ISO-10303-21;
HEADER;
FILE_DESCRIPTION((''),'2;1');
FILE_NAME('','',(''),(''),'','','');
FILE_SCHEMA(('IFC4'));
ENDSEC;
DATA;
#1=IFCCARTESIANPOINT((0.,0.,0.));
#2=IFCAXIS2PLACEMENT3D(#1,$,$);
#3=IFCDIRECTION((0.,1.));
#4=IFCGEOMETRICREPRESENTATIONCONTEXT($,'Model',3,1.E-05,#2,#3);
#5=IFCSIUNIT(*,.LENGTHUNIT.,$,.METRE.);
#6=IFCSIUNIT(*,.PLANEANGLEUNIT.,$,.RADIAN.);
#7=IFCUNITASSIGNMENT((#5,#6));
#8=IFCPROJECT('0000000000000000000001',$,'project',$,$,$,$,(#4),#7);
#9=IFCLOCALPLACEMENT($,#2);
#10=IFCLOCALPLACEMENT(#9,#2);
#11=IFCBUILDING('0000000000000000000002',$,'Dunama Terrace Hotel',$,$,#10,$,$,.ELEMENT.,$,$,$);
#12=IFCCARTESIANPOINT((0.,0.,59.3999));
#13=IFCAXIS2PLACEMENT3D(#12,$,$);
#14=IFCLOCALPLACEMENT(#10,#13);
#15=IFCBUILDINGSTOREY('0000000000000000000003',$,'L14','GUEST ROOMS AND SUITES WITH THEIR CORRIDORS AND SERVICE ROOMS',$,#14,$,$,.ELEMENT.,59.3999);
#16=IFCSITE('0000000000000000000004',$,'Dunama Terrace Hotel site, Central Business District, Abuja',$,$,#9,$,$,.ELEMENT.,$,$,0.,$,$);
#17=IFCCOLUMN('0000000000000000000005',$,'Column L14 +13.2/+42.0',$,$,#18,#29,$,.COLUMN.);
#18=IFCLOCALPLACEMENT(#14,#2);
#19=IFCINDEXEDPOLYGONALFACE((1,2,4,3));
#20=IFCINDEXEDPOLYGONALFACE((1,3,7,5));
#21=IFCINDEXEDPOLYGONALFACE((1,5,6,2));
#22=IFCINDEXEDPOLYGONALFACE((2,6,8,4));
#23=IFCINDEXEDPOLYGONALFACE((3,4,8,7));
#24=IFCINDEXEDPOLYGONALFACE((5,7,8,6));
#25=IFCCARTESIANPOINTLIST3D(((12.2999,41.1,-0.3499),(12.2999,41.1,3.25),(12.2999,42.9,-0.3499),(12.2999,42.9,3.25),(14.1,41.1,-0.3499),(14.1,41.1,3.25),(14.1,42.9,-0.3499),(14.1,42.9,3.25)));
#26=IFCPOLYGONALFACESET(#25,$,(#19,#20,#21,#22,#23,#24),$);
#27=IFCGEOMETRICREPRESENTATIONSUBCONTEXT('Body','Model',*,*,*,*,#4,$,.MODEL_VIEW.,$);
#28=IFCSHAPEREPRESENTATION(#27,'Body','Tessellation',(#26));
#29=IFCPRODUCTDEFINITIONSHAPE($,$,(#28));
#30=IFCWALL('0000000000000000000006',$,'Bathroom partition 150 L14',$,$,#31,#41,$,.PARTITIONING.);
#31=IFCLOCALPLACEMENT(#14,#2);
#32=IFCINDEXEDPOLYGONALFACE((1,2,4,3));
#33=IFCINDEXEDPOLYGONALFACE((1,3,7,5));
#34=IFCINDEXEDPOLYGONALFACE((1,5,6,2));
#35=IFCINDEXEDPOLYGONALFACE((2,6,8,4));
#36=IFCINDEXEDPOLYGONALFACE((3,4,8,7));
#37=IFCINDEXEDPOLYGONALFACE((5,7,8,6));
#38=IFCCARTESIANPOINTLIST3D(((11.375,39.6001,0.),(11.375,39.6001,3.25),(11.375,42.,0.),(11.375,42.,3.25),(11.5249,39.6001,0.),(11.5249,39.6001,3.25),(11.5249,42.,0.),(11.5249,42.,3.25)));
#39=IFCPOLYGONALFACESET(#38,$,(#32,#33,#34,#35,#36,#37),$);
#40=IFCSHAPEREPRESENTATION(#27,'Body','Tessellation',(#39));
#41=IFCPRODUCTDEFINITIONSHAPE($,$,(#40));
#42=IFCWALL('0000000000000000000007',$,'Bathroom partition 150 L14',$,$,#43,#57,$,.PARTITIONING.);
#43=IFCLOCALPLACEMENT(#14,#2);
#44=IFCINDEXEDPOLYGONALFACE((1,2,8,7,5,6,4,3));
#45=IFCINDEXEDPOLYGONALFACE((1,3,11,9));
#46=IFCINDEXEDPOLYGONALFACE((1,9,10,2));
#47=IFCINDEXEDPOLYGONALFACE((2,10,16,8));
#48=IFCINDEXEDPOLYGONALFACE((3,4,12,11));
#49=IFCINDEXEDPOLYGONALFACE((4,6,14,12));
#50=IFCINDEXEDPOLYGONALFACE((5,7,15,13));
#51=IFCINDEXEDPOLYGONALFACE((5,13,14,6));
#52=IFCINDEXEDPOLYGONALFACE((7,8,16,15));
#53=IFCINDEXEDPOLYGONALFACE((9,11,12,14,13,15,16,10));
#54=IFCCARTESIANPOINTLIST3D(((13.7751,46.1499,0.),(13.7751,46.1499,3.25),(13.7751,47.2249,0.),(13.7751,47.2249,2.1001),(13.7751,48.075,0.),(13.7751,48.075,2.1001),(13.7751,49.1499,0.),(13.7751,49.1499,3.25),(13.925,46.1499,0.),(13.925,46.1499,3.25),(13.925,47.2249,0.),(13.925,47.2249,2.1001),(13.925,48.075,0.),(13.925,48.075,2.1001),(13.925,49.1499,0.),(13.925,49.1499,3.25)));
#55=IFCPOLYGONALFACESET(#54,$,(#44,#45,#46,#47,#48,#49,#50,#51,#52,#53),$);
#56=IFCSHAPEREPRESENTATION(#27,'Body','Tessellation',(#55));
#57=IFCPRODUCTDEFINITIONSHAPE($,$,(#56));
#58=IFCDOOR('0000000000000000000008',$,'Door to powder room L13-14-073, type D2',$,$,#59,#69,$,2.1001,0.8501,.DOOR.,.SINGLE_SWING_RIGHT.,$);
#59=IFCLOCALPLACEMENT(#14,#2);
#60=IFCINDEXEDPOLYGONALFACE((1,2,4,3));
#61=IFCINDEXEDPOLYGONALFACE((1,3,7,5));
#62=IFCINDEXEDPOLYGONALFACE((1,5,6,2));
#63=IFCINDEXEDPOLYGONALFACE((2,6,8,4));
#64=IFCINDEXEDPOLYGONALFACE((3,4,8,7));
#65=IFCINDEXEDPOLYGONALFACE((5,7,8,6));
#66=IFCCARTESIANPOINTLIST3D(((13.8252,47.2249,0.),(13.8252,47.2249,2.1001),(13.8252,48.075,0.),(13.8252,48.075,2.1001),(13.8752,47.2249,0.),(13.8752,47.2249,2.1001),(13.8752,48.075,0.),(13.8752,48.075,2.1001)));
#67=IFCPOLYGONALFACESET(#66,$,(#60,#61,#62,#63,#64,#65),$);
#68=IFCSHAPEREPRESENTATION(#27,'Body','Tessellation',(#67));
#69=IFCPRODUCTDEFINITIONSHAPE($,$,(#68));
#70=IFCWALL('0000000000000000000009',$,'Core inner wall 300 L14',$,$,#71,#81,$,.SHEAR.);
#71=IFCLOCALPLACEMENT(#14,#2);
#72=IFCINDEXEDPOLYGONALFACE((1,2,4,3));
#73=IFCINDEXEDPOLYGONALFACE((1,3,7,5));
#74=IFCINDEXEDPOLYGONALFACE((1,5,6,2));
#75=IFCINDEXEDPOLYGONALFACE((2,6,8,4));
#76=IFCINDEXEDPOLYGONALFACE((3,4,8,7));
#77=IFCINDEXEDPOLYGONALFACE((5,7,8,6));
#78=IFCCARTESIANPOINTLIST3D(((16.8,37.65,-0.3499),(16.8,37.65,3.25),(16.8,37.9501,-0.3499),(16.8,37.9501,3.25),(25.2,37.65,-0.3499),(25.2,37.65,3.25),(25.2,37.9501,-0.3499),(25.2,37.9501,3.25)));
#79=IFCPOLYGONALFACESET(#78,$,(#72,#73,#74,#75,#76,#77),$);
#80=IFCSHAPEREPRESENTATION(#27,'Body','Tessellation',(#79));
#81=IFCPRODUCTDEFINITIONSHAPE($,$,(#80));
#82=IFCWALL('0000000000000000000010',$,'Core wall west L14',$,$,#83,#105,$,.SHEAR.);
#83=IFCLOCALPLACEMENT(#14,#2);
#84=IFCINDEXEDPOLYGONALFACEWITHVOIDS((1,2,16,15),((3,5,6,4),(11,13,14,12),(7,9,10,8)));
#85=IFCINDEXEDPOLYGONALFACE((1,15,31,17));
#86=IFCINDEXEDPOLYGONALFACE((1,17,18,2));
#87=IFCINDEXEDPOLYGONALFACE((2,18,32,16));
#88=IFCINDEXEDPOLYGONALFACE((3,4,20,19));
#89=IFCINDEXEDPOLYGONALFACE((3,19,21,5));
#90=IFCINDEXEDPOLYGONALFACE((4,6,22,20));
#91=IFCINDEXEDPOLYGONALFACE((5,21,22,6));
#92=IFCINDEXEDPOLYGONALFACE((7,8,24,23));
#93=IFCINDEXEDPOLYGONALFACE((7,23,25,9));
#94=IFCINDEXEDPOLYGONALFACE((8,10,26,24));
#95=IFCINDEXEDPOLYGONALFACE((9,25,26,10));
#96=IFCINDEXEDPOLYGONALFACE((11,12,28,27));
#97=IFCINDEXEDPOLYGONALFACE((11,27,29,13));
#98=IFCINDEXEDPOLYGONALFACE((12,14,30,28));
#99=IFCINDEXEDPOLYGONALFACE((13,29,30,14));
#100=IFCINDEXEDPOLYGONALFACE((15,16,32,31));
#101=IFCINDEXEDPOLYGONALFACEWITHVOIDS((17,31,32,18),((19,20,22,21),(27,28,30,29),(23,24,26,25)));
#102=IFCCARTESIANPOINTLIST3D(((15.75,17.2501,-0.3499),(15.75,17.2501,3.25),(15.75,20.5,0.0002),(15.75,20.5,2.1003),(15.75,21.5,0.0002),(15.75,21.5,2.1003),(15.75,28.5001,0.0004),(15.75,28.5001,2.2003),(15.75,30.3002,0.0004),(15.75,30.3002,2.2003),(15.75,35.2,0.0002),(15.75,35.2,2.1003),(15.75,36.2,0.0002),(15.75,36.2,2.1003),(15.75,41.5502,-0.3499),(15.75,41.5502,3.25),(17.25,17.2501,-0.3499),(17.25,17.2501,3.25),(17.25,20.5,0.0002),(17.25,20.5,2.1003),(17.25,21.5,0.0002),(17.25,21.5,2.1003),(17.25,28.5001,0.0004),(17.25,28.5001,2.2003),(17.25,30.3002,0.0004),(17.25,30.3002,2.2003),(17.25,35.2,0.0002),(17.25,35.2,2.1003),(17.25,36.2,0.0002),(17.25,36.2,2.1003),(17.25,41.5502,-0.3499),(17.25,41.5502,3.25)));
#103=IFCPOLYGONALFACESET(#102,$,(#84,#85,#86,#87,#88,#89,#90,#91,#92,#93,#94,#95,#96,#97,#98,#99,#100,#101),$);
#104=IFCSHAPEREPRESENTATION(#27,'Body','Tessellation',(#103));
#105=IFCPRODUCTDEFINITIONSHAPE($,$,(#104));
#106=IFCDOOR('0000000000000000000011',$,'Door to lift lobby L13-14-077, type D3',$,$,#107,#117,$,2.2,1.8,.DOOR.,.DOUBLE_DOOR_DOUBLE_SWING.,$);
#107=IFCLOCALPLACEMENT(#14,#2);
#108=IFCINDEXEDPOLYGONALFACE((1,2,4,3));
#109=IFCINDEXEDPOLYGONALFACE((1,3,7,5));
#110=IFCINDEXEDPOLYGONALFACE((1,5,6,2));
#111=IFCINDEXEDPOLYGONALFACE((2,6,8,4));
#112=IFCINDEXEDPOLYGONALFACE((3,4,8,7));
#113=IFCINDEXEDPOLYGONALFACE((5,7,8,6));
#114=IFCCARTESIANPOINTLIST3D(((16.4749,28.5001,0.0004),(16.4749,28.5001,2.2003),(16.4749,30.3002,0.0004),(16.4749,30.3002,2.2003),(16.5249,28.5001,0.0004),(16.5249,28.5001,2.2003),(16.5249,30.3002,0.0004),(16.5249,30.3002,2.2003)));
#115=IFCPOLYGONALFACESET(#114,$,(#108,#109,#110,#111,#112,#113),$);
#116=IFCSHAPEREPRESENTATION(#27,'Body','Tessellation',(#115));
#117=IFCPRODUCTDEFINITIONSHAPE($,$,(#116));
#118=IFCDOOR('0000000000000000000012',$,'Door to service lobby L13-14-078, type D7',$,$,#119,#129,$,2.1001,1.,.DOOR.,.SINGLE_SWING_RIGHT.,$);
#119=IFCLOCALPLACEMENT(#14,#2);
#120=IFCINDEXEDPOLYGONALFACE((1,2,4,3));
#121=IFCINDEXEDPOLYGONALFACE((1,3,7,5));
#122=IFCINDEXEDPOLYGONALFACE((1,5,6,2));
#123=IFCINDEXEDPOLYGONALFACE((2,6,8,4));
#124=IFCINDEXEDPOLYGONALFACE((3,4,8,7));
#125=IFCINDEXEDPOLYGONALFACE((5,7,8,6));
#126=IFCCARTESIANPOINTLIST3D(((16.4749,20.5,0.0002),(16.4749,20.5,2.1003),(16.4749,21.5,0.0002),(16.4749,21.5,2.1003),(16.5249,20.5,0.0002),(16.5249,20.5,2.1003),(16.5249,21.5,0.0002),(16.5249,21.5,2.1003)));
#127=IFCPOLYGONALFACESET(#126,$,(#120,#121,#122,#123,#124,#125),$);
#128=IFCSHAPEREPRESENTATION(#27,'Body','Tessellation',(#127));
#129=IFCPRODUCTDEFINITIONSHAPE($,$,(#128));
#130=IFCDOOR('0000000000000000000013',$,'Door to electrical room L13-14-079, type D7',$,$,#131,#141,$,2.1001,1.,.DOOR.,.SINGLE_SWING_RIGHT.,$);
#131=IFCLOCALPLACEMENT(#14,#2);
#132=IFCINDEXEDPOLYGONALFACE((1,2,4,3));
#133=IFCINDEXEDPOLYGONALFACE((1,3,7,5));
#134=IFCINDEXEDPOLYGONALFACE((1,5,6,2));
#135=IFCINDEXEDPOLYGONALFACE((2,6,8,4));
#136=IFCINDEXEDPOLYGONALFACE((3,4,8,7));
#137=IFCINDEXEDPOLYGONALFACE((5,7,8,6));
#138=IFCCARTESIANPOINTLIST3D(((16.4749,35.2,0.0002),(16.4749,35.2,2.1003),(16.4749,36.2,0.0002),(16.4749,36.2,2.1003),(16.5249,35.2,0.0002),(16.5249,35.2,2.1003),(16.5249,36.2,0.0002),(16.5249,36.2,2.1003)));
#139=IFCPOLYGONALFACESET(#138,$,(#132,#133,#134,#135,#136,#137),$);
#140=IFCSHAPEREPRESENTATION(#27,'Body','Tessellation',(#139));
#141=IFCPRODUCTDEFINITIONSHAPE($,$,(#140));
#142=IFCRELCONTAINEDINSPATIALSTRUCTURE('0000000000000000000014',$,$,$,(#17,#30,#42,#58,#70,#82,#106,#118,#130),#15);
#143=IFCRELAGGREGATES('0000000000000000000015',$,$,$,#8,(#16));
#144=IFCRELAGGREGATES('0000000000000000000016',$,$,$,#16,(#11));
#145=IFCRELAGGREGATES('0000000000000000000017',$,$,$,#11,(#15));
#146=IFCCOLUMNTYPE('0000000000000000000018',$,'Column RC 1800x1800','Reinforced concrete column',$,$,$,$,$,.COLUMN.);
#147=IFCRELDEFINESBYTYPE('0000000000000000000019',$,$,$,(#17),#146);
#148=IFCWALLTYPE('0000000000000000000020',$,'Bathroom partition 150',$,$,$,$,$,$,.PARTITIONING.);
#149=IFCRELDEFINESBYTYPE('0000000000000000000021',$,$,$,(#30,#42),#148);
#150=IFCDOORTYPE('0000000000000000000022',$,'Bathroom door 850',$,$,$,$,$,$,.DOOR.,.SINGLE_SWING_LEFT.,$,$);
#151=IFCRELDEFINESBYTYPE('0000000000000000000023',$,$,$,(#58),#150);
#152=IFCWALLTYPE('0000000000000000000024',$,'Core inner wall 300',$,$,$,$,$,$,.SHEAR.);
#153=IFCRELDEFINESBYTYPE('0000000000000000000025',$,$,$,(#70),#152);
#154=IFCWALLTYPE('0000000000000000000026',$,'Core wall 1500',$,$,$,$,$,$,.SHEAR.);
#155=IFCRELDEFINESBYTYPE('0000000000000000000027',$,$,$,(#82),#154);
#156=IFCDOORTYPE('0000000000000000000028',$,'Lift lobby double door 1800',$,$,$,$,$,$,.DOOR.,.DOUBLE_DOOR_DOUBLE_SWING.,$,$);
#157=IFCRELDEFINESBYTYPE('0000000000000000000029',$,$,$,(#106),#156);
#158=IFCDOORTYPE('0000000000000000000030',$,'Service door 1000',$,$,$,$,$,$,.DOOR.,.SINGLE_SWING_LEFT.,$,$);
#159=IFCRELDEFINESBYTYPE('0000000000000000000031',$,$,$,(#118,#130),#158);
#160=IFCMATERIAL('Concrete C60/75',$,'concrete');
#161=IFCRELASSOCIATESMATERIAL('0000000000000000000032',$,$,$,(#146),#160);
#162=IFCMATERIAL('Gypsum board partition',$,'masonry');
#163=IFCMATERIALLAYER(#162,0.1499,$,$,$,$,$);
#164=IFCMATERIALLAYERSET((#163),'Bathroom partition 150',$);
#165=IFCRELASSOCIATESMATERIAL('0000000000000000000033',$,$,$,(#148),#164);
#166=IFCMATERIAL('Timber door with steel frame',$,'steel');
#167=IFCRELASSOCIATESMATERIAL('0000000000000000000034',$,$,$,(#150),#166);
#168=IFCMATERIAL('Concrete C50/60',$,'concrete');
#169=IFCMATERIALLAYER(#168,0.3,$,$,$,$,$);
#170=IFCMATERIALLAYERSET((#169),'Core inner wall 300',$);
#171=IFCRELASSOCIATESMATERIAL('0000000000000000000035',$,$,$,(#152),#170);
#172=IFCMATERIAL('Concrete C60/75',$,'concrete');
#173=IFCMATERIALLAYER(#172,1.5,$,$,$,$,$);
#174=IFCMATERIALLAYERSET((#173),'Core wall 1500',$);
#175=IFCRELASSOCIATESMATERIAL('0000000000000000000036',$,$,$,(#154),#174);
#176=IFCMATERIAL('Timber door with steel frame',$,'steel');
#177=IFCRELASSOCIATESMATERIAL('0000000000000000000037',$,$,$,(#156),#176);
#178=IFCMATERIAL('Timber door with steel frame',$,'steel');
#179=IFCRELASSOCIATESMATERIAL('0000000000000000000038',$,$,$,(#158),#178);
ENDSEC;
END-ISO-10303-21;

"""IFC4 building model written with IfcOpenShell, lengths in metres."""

from ifc_helpers import new_model, si_unit, direction, frame, frame_2d, origin, origin_2d, place, context, subcontext, project, spatial, rectangle, extrude, material, layer, layer_set, material_profile, profile_set, type_object, element, fill, save


model = new_model("IFC4")

# Units and contexts
model_context = context("Model", 3, precision=1e-05, world=origin(), true_north=direction((0.0, 1.0)))
body_context = subcontext(model_context, "Body", "Model", "MODEL_VIEW")
ifc_project = project(units=[si_unit("LENGTHUNIT", "METRE"), si_unit("PLANEANGLEUNIT", "RADIAN")], contexts=[model_context])

# Site, building, storey
site_placement = place(None, origin())
site = spatial("IfcSite", under=ifc_project, at=site_placement, Name="Dunama Terrace Hotel site, Central Business District, Abuja", CompositionType="ELEMENT", RefElevation=0.0)
building_placement = place(site_placement, origin())
building = spatial("IfcBuilding", under=site, at=building_placement, Name="Dunama Terrace Hotel", CompositionType="ELEMENT")
storey_placement = place(building_placement, frame((0.0, 0.0, 59.3999)))
storey = spatial("IfcBuildingStorey", under=building, at=storey_placement, Name="L14", Description="GUEST ROOMS AND SUITES WITH THEIR CORRIDORS AND SERVICE ROOMS", CompositionType="ELEMENT", Elevation=59.3999)

# Column
ifc_material_1 = material(Name="Concrete C60/75", Category="concrete")
ifc_material_profile = material_profile(ifc_material_1, rectangle(XDim=1.8, YDim=1.8, at=origin_2d()), Name="RC 1800x1800")
ifc_profile_set = profile_set([ifc_material_profile], Name="Concrete C60/75")
column_type = type_object("IfcColumnType", Name="Column RC 1800x1800", Description="Reinforced concrete column", PredefinedType="COLUMN", material=ifc_profile_set)
column_placement = place(storey_placement, frame((13.2, 42.0, -0.3499), z_axis=(0.0, 0.0, 1.0), x_axis=(1.0, 0.0, 0.0)))
element("IfcColumn", 1, at=column_placement, inside=storey, type_object=column_type, Name="Column L14 +13.2/+42.0", PredefinedType="COLUMN", context=body_context, shape_type="SweptSolid", body=[
    extrude(rectangle(XDim=1.8, YDim=1.8, at=origin_2d()), origin(), (0.0, 0.0, 1.0), 3.5999),
])

# Wall
ifc_material_2 = material(Name="Gypsum board partition", Category="masonry")
ifc_layer_1 = layer(ifc_material_2, 0.1499)
ifc_layer_set_1 = layer_set([ifc_layer_1], Name="Bathroom partition 150")
wall_type_1 = type_object("IfcWallType", Name="Bathroom partition 150", PredefinedType="PARTITIONING", material=ifc_layer_set_1)
wall_1_placement = place(storey_placement, frame((11.45, 39.6001, 0.0), z_axis=(0.0, 0.0, 1.0), x_axis=(0.0, 1.0, 0.0)))
element("IfcWall", 2, at=wall_1_placement, inside=storey, type_object=wall_type_1, Name="Bathroom partition 150 L14", PredefinedType="PARTITIONING", context=body_context, shape_type="SweptSolid", body=[
    extrude(rectangle(XDim=2.3999, YDim=0.1499, at=frame_2d((1.2, 0.0))), origin(), (0.0, 0.0, 1.0), 3.25),
])

# Wall, opening, door
wall_2_placement = place(storey_placement, frame((13.8501, 46.1499, 0.0), z_axis=(0.0, 0.0, 1.0), x_axis=(0.0, 1.0, 0.0)))
wall_2 = element("IfcWall", 3, at=wall_2_placement, inside=storey, type_object=wall_type_1, Name="Bathroom partition 150 L14", PredefinedType="PARTITIONING", context=body_context, shape_type="SweptSolid", body=[
    extrude(rectangle(XDim=3.0, YDim=0.1499, at=frame_2d((1.5, 0.0))), origin(), (0.0, 0.0, 1.0), 3.25),
])
opening_1_placement = place(wall_2_placement, frame((1.075, 0.0, 0.0)))
opening_1 = element("IfcOpeningElement", 4, at=opening_1_placement, cuts=wall_2, PredefinedType="OPENING", context=body_context, shape_type="SweptSolid", body=[
    extrude(rectangle(XDim=0.8501, YDim=2.1001, at=frame_2d((0.425, 1.05))), frame((0.0, 0.085, 0.0), z_axis=(0.0, -1.0, 0.0), x_axis=(1.0, 0.0, 0.0)), (0.0, 0.0, 1.0), 0.1699),
])
ifc_material_3 = material(Name="Timber door with steel frame", Category="steel")
door_type_1 = type_object("IfcDoorType", Name="Bathroom door 850", OperationType="SINGLE_SWING_LEFT", PredefinedType="DOOR", material=ifc_material_3)
door_1_placement = place(opening_1_placement, frame((0.8501, 0.0, 0.0), z_axis=(0.0, 0.0, 1.0), x_axis=(-1.0, 0.0, 0.0)))
door_1 = element("IfcDoor", 5, at=door_1_placement, inside=storey, type_object=door_type_1, Name="Door to powder room L13-14-073, type D2", OperationType="SINGLE_SWING_RIGHT", OverallHeight=2.1001, OverallWidth=0.8501, PredefinedType="DOOR", context=body_context, shape_type="SweptSolid", body=[
    extrude(rectangle(XDim=0.8501, YDim=2.1001, at=frame_2d((0.425, 1.05))), frame((0.0, 0.0251, 0.0), z_axis=(0.0, -1.0, 0.0), x_axis=(1.0, 0.0, 0.0)), (0.0, 0.0, 1.0), 0.05),
])
fill(opening_1, door_1)

# Wall
ifc_material_4 = material(Name="Concrete C50/60", Category="concrete")
ifc_layer_2 = layer(ifc_material_4, 0.3)
ifc_layer_set_2 = layer_set([ifc_layer_2], Name="Core inner wall 300")
wall_type_2 = type_object("IfcWallType", Name="Core inner wall 300", PredefinedType="SHEAR", material=ifc_layer_set_2)
wall_3_placement = place(storey_placement, frame((16.8, 37.8, -0.3499), z_axis=(0.0, 0.0, 1.0), x_axis=(1.0, 0.0, 0.0)))
element("IfcWall", 6, at=wall_3_placement, inside=storey, type_object=wall_type_2, Name="Core inner wall 300 L14", PredefinedType="SHEAR", context=body_context, shape_type="SweptSolid", body=[
    extrude(rectangle(XDim=8.3999, YDim=0.3, at=frame_2d((4.2, 0.0))), origin(), (0.0, 0.0, 1.0), 3.5999),
])

# Wall, openings, doors
ifc_material_5 = material(Name="Concrete C60/75", Category="concrete")
ifc_layer_3 = layer(ifc_material_5, 1.5)
ifc_layer_set_3 = layer_set([ifc_layer_3], Name="Core wall 1500")
wall_type_3 = type_object("IfcWallType", Name="Core wall 1500", PredefinedType="SHEAR", material=ifc_layer_set_3)
wall_4_placement = place(storey_placement, frame((16.5, 41.55, -0.3499), z_axis=(0.0, 0.0, 1.0), x_axis=(0.0, -1.0, 0.0)))
wall_4 = element("IfcWall", 7, at=wall_4_placement, inside=storey, type_object=wall_type_3, Name="Core wall west L14", PredefinedType="SHEAR", context=body_context, shape_type="SweptSolid", body=[
    extrude(rectangle(XDim=24.3, YDim=1.5, at=frame_2d((12.1499, 0.0))), origin(), (0.0, 0.0, 1.0), 3.5999),
])
opening_2_placement = place(wall_4_placement, frame((11.25, 0.0, 0.3501)))
opening_2 = element("IfcOpeningElement", 8, at=opening_2_placement, cuts=wall_4, PredefinedType="OPENING", context=body_context, shape_type="SweptSolid", body=[
    extrude(rectangle(XDim=1.8, YDim=2.2, at=frame_2d((0.8999, 1.1001))), frame((0.0, 0.76, 0.0), z_axis=(0.0, -1.0, 0.0), x_axis=(1.0, 0.0, 0.0)), (0.0, 0.0, 1.0), 1.52),
])
opening_3_placement = place(wall_4_placement, frame((20.05, 0.0, 0.3501)))
opening_3 = element("IfcOpeningElement", 9, at=opening_3_placement, cuts=wall_4, PredefinedType="OPENING", context=body_context, shape_type="SweptSolid", body=[
    extrude(rectangle(XDim=1.0, YDim=2.1001, at=frame_2d((0.5, 1.05))), frame((0.0, 0.76, 0.0), z_axis=(0.0, -1.0, 0.0), x_axis=(1.0, 0.0, 0.0)), (0.0, 0.0, 1.0), 1.52),
])
opening_4_placement = place(wall_4_placement, frame((5.3501, 0.0, 0.3501)))
opening_4 = element("IfcOpeningElement", 10, at=opening_4_placement, cuts=wall_4, PredefinedType="OPENING", context=body_context, shape_type="SweptSolid", body=[
    extrude(rectangle(XDim=1.0, YDim=2.1001, at=frame_2d((0.5, 1.05))), frame((0.0, 0.76, 0.0), z_axis=(0.0, -1.0, 0.0), x_axis=(1.0, 0.0, 0.0)), (0.0, 0.0, 1.0), 1.52),
])
ifc_material_6 = material(Name="Timber door with steel frame", Category="steel")
door_type_2 = type_object("IfcDoorType", Name="Lift lobby double door 1800", OperationType="DOUBLE_DOOR_DOUBLE_SWING", PredefinedType="DOOR", material=ifc_material_6)
door_2_placement = place(opening_2_placement, origin())
door_2 = element("IfcDoor", 11, at=door_2_placement, inside=storey, type_object=door_type_2, Name="Door to lift lobby L13-14-077, type D3", OperationType="DOUBLE_DOOR_DOUBLE_SWING", OverallHeight=2.2, OverallWidth=1.8, PredefinedType="DOOR", context=body_context, shape_type="SweptSolid", body=[
    extrude(rectangle(XDim=1.8, YDim=2.2, at=frame_2d((0.8999, 1.1001))), frame((0.0, 0.0249, 0.0), z_axis=(0.0, -1.0, 0.0), x_axis=(1.0, 0.0, 0.0)), (0.0, 0.0, 1.0), 0.05),
])
fill(opening_2, door_2)
ifc_material_7 = material(Name="Timber door with steel frame", Category="steel")
door_type_3 = type_object("IfcDoorType", Name="Service door 1000", OperationType="SINGLE_SWING_LEFT", PredefinedType="DOOR", material=ifc_material_7)
door_3_placement = place(opening_3_placement, origin())
door_3 = element("IfcDoor", 12, at=door_3_placement, inside=storey, type_object=door_type_3, Name="Door to service lobby L13-14-078, type D7", OperationType="SINGLE_SWING_RIGHT", OverallHeight=2.1001, OverallWidth=1.0, PredefinedType="DOOR", context=body_context, shape_type="SweptSolid", body=[
    extrude(rectangle(XDim=1.0, YDim=2.1001, at=frame_2d((0.5, 1.05))), frame((0.0, 0.0249, 0.0), z_axis=(0.0, -1.0, 0.0), x_axis=(1.0, 0.0, 0.0)), (0.0, 0.0, 1.0), 0.05),
])
fill(opening_3, door_3)
door_4_placement = place(opening_4_placement, origin())
door_4 = element("IfcDoor", 13, at=door_4_placement, inside=storey, type_object=door_type_3, Name="Door to electrical room L13-14-079, type D7", OperationType="SINGLE_SWING_RIGHT", OverallHeight=2.1001, OverallWidth=1.0, PredefinedType="DOOR", context=body_context, shape_type="SweptSolid", body=[
    extrude(rectangle(XDim=1.0, YDim=2.1001, at=frame_2d((0.5, 1.05))), frame((0.0, 0.0249, 0.0), z_axis=(0.0, -1.0, 0.0), x_axis=(1.0, 0.0, 0.0)), (0.0, 0.0, 1.0), 0.05),
])
fill(opening_4, door_4)

save(model, "model.ifc")
